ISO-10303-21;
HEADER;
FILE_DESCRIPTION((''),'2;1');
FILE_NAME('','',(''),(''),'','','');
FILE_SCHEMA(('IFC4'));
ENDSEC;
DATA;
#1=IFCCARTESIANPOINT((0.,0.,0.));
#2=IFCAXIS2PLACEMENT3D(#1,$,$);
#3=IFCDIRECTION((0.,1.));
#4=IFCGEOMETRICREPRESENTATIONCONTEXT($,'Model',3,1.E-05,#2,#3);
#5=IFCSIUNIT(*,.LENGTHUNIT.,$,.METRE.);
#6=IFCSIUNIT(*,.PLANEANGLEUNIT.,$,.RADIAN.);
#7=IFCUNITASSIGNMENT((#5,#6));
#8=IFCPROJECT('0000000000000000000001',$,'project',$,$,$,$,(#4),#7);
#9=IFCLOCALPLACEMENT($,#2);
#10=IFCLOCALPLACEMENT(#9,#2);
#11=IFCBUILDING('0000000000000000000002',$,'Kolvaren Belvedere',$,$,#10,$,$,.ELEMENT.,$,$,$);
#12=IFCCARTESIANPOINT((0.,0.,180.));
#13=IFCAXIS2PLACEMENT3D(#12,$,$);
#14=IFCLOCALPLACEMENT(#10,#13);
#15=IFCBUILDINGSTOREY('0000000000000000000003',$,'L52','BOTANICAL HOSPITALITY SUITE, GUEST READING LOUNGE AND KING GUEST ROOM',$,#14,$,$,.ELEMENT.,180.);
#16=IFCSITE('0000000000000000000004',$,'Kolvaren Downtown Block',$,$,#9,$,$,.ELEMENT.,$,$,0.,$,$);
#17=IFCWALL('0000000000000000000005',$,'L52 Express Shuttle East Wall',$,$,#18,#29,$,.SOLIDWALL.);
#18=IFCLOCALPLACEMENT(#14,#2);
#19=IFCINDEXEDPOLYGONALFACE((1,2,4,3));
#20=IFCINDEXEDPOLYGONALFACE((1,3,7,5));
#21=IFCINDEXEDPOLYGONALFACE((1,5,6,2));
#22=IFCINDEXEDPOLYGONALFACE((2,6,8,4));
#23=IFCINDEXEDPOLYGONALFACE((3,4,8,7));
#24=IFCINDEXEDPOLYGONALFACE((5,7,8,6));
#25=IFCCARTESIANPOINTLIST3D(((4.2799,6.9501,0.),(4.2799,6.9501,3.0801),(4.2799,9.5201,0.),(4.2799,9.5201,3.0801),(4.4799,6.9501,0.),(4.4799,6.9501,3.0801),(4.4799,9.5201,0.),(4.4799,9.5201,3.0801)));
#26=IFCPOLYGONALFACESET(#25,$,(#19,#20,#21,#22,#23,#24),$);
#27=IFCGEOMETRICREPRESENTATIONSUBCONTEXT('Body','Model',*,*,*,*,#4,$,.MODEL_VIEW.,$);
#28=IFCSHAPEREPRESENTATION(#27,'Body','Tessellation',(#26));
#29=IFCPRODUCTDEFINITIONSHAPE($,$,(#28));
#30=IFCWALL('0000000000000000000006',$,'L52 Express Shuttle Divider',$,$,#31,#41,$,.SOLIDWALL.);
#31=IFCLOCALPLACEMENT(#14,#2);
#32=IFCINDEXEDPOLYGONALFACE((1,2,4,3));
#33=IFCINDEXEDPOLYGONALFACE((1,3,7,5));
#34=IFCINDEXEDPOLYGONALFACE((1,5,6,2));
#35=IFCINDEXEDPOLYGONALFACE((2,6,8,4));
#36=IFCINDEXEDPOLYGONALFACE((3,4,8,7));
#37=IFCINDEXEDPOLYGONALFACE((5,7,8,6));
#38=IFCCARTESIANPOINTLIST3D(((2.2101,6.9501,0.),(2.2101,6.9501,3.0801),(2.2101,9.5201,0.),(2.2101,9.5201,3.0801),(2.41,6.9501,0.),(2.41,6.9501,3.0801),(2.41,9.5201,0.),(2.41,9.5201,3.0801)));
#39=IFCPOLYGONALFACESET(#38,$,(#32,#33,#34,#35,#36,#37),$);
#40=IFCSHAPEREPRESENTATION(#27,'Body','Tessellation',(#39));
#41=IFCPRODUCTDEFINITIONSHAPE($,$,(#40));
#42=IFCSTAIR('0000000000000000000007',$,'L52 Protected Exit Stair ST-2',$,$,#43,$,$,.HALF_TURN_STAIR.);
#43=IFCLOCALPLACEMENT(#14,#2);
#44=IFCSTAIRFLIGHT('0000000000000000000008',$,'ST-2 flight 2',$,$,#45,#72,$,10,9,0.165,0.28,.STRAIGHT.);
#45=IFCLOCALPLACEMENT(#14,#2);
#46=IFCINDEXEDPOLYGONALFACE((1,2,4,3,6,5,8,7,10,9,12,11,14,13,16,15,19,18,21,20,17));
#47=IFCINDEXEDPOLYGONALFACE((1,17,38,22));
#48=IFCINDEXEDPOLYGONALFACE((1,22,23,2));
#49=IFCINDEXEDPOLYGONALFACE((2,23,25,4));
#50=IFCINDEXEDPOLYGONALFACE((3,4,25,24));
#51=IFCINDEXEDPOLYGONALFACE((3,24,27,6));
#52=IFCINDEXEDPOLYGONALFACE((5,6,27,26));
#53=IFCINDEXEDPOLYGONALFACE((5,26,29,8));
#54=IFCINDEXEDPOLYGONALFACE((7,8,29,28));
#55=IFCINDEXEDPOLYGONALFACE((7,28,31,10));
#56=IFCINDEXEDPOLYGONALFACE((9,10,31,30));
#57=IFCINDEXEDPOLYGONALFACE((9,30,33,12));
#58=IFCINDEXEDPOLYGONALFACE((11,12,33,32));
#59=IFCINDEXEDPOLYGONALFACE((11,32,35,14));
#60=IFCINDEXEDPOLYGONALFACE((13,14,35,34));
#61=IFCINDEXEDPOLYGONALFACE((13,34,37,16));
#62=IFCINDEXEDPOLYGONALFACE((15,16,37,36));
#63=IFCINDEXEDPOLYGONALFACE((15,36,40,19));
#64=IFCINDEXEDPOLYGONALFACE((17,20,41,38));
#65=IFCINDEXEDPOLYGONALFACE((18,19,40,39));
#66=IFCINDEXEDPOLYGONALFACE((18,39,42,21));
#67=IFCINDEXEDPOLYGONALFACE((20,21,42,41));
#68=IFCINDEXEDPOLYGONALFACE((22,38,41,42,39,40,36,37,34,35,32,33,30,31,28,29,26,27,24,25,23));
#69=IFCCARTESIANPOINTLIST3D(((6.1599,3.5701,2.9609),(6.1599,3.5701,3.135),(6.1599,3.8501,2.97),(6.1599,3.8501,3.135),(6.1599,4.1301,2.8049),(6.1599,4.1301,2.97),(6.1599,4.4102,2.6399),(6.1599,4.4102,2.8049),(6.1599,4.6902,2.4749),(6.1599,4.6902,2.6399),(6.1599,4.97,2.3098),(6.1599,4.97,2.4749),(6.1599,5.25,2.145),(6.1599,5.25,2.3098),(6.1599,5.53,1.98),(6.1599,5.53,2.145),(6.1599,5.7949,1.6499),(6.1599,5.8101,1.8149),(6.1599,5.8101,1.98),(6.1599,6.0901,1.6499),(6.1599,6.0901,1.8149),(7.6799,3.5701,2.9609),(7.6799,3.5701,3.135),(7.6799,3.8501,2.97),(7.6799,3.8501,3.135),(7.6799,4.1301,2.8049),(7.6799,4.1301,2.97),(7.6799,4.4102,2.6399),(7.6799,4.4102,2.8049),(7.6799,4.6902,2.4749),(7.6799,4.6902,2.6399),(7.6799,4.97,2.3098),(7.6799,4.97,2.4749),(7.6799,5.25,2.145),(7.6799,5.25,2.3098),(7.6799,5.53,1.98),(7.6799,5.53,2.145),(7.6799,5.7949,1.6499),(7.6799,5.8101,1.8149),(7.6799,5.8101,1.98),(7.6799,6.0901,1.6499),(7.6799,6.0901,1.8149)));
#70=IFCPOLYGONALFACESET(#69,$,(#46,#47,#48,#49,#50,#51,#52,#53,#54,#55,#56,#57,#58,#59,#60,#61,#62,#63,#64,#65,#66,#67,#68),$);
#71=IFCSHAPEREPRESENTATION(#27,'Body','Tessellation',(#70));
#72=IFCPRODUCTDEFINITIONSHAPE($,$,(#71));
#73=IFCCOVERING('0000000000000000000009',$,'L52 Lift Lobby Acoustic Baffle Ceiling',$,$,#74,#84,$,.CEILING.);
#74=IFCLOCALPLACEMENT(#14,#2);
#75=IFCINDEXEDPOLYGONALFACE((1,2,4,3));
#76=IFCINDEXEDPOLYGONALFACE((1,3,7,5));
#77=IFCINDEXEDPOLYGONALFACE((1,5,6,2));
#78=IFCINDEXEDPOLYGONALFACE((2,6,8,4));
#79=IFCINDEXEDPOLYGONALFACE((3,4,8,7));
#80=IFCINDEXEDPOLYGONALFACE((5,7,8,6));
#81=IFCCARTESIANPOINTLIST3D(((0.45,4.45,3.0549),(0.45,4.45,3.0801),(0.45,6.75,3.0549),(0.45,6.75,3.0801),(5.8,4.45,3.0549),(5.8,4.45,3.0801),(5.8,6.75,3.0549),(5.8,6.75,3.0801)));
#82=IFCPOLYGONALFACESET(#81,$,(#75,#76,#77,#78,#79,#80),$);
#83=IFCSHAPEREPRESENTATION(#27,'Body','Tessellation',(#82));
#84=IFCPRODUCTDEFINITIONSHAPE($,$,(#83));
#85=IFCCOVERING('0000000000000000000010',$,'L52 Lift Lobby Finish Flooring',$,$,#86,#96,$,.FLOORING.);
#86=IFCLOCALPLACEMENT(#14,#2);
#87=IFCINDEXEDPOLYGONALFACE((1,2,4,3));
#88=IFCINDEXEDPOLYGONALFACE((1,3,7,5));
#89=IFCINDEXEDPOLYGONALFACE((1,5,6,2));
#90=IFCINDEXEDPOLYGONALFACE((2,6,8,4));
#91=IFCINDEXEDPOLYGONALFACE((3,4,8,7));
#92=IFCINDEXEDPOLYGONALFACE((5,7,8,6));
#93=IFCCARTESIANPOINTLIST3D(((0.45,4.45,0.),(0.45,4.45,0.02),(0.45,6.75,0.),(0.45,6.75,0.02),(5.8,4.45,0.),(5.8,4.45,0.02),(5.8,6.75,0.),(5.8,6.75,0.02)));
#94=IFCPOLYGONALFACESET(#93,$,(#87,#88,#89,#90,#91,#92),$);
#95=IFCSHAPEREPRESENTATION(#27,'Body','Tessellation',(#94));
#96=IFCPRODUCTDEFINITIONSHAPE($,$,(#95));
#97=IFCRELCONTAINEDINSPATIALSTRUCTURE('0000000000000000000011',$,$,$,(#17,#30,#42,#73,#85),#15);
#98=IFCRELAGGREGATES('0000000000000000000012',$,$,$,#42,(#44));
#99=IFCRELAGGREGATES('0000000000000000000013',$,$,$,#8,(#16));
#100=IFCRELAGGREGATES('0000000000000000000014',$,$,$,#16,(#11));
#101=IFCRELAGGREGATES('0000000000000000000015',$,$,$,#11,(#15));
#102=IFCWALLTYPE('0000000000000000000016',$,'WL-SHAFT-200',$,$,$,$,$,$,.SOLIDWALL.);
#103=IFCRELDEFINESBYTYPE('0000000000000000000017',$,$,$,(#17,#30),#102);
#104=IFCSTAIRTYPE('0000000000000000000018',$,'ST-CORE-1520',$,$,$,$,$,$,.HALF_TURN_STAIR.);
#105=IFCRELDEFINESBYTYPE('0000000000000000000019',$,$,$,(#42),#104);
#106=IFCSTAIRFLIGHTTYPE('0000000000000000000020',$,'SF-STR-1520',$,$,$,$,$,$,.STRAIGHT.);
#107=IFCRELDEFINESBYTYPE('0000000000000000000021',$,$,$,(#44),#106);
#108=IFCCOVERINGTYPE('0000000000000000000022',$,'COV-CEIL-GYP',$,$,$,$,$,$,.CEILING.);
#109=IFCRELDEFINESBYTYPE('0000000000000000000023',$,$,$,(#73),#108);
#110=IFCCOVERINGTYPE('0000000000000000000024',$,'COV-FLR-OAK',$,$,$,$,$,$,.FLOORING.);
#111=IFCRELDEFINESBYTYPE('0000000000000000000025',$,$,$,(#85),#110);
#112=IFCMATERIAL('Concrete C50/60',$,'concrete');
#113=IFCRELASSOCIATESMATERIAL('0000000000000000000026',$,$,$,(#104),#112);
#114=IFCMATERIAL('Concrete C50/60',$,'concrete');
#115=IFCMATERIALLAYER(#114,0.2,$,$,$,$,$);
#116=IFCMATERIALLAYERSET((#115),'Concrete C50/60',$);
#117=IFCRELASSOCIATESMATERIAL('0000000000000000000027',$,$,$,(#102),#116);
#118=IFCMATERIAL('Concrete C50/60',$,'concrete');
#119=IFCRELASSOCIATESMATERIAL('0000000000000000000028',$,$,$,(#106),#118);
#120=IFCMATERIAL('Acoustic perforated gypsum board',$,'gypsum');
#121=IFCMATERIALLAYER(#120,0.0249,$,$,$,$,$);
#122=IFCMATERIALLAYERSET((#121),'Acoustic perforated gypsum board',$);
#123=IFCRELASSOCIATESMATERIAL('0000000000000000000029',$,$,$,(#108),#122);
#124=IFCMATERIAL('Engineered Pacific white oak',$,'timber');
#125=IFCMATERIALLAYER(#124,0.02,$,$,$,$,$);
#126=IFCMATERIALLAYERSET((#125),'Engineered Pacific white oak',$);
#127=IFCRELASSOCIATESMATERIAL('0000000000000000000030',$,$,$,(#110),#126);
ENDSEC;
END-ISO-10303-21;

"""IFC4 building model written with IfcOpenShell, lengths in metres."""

from ifc_helpers import new_model, si_unit, direction, frame, frame_2d, origin, place, context, subcontext, project, spatial, polyline, rectangle, outline, extrude, material, layer, layer_set, type_object, element, aggregate, save


model = new_model("IFC4")

# Units and contexts
model_context = context("Model", 3, precision=1e-05, world=origin(), true_north=direction((0.0, 1.0)))
body_context = subcontext(model_context, "Body", "Model", "MODEL_VIEW")
ifc_project = project(units=[si_unit("LENGTHUNIT", "METRE"), si_unit("PLANEANGLEUNIT", "RADIAN")], contexts=[model_context])

# Site, building, storey
site_placement = place(None, origin())
site = spatial("IfcSite", under=ifc_project, at=site_placement, Name="Kolvaren Downtown Block", CompositionType="ELEMENT", RefElevation=0.0)
building_placement = place(site_placement, origin())
building = spatial("IfcBuilding", under=site, at=building_placement, Name="Kolvaren Belvedere", CompositionType="ELEMENT")
storey_placement = place(building_placement, frame((0.0, 0.0, 180.0)))
storey = spatial("IfcBuildingStorey", under=building, at=storey_placement, Name="L52", Description="BOTANICAL HOSPITALITY SUITE, GUEST READING LOUNGE AND KING GUEST ROOM", CompositionType="ELEMENT", Elevation=180.0)

# Shared definitions
ifc_material_1 = material(Name="Concrete C50/60", Category="concrete")
stair_type = type_object("IfcStairType", Name="ST-CORE-1520", PredefinedType="HALF_TURN_STAIR", material=ifc_material_1)

# Shared definitions
ifc_material_2 = material(Name="Concrete C50/60", Category="concrete")
ifc_layer_1 = layer(ifc_material_2, 0.2)
ifc_layer_set_1 = layer_set([ifc_layer_1], Name="Concrete C50/60")
wall_type_1 = type_object("IfcWallType", Name="WL-SHAFT-200", PredefinedType="SOLIDWALL", material=ifc_layer_set_1)

# Walls
for number, where, z_axis, x_axis, name in (
    (1, (4.3799, 6.95, 0.0), (0.0, 0.0, 1.0), (0.0, 1.0, 0.0), "L52 Express Shuttle East Wall"),
    (2, (2.3101, 6.95, 0.0), (0.0, 0.0, 1.0), (0.0, 1.0, 0.0), "L52 Express Shuttle Divider"),
):
    element("IfcWall", number, at=place(storey_placement, frame(where, z_axis=z_axis, x_axis=x_axis)), inside=storey, type_object=wall_type_1, Name=name, PredefinedType="SOLIDWALL", context=body_context, shape_type="SweptSolid", body=[
        extrude(rectangle(XDim=2.5701, YDim=0.2, at=frame_2d((1.2852, 0.0))), origin(), (0.0, 0.0, 1.0), 3.0801),
    ])

# Stair, stair flight
stair_1_placement = place(storey_placement, origin())
stair_1 = element("IfcStair", 3, at=stair_1_placement, inside=storey, type_object=stair_type, Name="L52 Protected Exit Stair ST-2", PredefinedType="HALF_TURN_STAIR")
ifc_material_3 = material(Name="Concrete C50/60", Category="concrete")
stair_flight_type = type_object("IfcStairFlightType", Name="SF-STR-1520", PredefinedType="STRAIGHT", material=ifc_material_3)
stair_flight_placement = place(storey_placement, frame((6.9199, 6.0901, 1.6499), z_axis=(0.0, 0.0, 1.0), x_axis=(0.0, -1.0, 0.0)))
stair_flight = element("IfcStairFlight", 4, at=stair_flight_placement, type_object=stair_flight_type, Name="ST-2 flight 2", NumberOfRisers=10, NumberOfTreads=9, PredefinedType="STRAIGHT", RiserHeight=0.165, TreadLength=0.28, context=body_context, shape_type="SweptSolid", body=[
    extrude(outline(polyline([(0.0, 0.0), (0.0, 0.165), (0.28, 0.165), (0.28, 0.3301), (0.5601, 0.3301), (0.5601, 0.4951), (0.8401, 0.4951), (0.8401, 0.6599), (1.1201, 0.6599), (1.1201, 0.825), (1.3999, 0.825), (1.3999, 0.99), (1.6799, 0.99), (1.6799, 1.155), (1.96, 1.155), (1.96, 1.3201), (2.24, 1.3201), (2.24, 1.4851), (2.52, 1.4851), (2.52, 1.6499), (2.52, 1.311), (0.2952, 0.0), (0.0, 0.0)])), frame((0.0, 0.76, 0.0), z_axis=(0.0, -1.0, 0.0), x_axis=(1.0, 0.0, 0.0)), (0.0, 0.0, 1.0), 1.52),
])
aggregate(stair_1, [stair_flight])

# Coverings
ifc_material_4 = material(Name="Acoustic perforated gypsum board", Category="gypsum")
ifc_layer_2 = layer(ifc_material_4, 0.0249)
ifc_layer_set_2 = layer_set([ifc_layer_2], Name="Acoustic perforated gypsum board")
covering_type_1 = type_object("IfcCoveringType", Name="COV-CEIL-GYP", PredefinedType="CEILING", material=ifc_layer_set_2)
covering_1_placement = place(storey_placement, frame((0.0, 0.0, 3.0549)))
element("IfcCovering", 5, at=covering_1_placement, inside=storey, type_object=covering_type_1, Name="L52 Lift Lobby Acoustic Baffle Ceiling", PredefinedType="CEILING", context=body_context, shape_type="SweptSolid", body=[
    extrude(outline(polyline([(0.45, 4.45), (5.8, 4.45), (5.8, 6.75), (0.45, 6.75), (0.45, 4.45)])), origin(), (0.0, 0.0, 1.0), 0.0251),
])
ifc_material_5 = material(Name="Engineered Pacific white oak", Category="timber")
ifc_layer_3 = layer(ifc_material_5, 0.02)
ifc_layer_set_3 = layer_set([ifc_layer_3], Name="Engineered Pacific white oak")
covering_type_2 = type_object("IfcCoveringType", Name="COV-FLR-OAK", PredefinedType="FLOORING", material=ifc_layer_set_3)
covering_2_placement = place(storey_placement, origin())
element("IfcCovering", 6, at=covering_2_placement, inside=storey, type_object=covering_type_2, Name="L52 Lift Lobby Finish Flooring", PredefinedType="FLOORING", context=body_context, shape_type="SweptSolid", body=[
    extrude(outline(polyline([(0.45, 4.45), (5.8, 4.45), (5.8, 6.75), (0.45, 6.75), (0.45, 4.45)])), origin(), (0.0, 0.0, 1.0), 0.02),
])

save(model, "model.ifc")
